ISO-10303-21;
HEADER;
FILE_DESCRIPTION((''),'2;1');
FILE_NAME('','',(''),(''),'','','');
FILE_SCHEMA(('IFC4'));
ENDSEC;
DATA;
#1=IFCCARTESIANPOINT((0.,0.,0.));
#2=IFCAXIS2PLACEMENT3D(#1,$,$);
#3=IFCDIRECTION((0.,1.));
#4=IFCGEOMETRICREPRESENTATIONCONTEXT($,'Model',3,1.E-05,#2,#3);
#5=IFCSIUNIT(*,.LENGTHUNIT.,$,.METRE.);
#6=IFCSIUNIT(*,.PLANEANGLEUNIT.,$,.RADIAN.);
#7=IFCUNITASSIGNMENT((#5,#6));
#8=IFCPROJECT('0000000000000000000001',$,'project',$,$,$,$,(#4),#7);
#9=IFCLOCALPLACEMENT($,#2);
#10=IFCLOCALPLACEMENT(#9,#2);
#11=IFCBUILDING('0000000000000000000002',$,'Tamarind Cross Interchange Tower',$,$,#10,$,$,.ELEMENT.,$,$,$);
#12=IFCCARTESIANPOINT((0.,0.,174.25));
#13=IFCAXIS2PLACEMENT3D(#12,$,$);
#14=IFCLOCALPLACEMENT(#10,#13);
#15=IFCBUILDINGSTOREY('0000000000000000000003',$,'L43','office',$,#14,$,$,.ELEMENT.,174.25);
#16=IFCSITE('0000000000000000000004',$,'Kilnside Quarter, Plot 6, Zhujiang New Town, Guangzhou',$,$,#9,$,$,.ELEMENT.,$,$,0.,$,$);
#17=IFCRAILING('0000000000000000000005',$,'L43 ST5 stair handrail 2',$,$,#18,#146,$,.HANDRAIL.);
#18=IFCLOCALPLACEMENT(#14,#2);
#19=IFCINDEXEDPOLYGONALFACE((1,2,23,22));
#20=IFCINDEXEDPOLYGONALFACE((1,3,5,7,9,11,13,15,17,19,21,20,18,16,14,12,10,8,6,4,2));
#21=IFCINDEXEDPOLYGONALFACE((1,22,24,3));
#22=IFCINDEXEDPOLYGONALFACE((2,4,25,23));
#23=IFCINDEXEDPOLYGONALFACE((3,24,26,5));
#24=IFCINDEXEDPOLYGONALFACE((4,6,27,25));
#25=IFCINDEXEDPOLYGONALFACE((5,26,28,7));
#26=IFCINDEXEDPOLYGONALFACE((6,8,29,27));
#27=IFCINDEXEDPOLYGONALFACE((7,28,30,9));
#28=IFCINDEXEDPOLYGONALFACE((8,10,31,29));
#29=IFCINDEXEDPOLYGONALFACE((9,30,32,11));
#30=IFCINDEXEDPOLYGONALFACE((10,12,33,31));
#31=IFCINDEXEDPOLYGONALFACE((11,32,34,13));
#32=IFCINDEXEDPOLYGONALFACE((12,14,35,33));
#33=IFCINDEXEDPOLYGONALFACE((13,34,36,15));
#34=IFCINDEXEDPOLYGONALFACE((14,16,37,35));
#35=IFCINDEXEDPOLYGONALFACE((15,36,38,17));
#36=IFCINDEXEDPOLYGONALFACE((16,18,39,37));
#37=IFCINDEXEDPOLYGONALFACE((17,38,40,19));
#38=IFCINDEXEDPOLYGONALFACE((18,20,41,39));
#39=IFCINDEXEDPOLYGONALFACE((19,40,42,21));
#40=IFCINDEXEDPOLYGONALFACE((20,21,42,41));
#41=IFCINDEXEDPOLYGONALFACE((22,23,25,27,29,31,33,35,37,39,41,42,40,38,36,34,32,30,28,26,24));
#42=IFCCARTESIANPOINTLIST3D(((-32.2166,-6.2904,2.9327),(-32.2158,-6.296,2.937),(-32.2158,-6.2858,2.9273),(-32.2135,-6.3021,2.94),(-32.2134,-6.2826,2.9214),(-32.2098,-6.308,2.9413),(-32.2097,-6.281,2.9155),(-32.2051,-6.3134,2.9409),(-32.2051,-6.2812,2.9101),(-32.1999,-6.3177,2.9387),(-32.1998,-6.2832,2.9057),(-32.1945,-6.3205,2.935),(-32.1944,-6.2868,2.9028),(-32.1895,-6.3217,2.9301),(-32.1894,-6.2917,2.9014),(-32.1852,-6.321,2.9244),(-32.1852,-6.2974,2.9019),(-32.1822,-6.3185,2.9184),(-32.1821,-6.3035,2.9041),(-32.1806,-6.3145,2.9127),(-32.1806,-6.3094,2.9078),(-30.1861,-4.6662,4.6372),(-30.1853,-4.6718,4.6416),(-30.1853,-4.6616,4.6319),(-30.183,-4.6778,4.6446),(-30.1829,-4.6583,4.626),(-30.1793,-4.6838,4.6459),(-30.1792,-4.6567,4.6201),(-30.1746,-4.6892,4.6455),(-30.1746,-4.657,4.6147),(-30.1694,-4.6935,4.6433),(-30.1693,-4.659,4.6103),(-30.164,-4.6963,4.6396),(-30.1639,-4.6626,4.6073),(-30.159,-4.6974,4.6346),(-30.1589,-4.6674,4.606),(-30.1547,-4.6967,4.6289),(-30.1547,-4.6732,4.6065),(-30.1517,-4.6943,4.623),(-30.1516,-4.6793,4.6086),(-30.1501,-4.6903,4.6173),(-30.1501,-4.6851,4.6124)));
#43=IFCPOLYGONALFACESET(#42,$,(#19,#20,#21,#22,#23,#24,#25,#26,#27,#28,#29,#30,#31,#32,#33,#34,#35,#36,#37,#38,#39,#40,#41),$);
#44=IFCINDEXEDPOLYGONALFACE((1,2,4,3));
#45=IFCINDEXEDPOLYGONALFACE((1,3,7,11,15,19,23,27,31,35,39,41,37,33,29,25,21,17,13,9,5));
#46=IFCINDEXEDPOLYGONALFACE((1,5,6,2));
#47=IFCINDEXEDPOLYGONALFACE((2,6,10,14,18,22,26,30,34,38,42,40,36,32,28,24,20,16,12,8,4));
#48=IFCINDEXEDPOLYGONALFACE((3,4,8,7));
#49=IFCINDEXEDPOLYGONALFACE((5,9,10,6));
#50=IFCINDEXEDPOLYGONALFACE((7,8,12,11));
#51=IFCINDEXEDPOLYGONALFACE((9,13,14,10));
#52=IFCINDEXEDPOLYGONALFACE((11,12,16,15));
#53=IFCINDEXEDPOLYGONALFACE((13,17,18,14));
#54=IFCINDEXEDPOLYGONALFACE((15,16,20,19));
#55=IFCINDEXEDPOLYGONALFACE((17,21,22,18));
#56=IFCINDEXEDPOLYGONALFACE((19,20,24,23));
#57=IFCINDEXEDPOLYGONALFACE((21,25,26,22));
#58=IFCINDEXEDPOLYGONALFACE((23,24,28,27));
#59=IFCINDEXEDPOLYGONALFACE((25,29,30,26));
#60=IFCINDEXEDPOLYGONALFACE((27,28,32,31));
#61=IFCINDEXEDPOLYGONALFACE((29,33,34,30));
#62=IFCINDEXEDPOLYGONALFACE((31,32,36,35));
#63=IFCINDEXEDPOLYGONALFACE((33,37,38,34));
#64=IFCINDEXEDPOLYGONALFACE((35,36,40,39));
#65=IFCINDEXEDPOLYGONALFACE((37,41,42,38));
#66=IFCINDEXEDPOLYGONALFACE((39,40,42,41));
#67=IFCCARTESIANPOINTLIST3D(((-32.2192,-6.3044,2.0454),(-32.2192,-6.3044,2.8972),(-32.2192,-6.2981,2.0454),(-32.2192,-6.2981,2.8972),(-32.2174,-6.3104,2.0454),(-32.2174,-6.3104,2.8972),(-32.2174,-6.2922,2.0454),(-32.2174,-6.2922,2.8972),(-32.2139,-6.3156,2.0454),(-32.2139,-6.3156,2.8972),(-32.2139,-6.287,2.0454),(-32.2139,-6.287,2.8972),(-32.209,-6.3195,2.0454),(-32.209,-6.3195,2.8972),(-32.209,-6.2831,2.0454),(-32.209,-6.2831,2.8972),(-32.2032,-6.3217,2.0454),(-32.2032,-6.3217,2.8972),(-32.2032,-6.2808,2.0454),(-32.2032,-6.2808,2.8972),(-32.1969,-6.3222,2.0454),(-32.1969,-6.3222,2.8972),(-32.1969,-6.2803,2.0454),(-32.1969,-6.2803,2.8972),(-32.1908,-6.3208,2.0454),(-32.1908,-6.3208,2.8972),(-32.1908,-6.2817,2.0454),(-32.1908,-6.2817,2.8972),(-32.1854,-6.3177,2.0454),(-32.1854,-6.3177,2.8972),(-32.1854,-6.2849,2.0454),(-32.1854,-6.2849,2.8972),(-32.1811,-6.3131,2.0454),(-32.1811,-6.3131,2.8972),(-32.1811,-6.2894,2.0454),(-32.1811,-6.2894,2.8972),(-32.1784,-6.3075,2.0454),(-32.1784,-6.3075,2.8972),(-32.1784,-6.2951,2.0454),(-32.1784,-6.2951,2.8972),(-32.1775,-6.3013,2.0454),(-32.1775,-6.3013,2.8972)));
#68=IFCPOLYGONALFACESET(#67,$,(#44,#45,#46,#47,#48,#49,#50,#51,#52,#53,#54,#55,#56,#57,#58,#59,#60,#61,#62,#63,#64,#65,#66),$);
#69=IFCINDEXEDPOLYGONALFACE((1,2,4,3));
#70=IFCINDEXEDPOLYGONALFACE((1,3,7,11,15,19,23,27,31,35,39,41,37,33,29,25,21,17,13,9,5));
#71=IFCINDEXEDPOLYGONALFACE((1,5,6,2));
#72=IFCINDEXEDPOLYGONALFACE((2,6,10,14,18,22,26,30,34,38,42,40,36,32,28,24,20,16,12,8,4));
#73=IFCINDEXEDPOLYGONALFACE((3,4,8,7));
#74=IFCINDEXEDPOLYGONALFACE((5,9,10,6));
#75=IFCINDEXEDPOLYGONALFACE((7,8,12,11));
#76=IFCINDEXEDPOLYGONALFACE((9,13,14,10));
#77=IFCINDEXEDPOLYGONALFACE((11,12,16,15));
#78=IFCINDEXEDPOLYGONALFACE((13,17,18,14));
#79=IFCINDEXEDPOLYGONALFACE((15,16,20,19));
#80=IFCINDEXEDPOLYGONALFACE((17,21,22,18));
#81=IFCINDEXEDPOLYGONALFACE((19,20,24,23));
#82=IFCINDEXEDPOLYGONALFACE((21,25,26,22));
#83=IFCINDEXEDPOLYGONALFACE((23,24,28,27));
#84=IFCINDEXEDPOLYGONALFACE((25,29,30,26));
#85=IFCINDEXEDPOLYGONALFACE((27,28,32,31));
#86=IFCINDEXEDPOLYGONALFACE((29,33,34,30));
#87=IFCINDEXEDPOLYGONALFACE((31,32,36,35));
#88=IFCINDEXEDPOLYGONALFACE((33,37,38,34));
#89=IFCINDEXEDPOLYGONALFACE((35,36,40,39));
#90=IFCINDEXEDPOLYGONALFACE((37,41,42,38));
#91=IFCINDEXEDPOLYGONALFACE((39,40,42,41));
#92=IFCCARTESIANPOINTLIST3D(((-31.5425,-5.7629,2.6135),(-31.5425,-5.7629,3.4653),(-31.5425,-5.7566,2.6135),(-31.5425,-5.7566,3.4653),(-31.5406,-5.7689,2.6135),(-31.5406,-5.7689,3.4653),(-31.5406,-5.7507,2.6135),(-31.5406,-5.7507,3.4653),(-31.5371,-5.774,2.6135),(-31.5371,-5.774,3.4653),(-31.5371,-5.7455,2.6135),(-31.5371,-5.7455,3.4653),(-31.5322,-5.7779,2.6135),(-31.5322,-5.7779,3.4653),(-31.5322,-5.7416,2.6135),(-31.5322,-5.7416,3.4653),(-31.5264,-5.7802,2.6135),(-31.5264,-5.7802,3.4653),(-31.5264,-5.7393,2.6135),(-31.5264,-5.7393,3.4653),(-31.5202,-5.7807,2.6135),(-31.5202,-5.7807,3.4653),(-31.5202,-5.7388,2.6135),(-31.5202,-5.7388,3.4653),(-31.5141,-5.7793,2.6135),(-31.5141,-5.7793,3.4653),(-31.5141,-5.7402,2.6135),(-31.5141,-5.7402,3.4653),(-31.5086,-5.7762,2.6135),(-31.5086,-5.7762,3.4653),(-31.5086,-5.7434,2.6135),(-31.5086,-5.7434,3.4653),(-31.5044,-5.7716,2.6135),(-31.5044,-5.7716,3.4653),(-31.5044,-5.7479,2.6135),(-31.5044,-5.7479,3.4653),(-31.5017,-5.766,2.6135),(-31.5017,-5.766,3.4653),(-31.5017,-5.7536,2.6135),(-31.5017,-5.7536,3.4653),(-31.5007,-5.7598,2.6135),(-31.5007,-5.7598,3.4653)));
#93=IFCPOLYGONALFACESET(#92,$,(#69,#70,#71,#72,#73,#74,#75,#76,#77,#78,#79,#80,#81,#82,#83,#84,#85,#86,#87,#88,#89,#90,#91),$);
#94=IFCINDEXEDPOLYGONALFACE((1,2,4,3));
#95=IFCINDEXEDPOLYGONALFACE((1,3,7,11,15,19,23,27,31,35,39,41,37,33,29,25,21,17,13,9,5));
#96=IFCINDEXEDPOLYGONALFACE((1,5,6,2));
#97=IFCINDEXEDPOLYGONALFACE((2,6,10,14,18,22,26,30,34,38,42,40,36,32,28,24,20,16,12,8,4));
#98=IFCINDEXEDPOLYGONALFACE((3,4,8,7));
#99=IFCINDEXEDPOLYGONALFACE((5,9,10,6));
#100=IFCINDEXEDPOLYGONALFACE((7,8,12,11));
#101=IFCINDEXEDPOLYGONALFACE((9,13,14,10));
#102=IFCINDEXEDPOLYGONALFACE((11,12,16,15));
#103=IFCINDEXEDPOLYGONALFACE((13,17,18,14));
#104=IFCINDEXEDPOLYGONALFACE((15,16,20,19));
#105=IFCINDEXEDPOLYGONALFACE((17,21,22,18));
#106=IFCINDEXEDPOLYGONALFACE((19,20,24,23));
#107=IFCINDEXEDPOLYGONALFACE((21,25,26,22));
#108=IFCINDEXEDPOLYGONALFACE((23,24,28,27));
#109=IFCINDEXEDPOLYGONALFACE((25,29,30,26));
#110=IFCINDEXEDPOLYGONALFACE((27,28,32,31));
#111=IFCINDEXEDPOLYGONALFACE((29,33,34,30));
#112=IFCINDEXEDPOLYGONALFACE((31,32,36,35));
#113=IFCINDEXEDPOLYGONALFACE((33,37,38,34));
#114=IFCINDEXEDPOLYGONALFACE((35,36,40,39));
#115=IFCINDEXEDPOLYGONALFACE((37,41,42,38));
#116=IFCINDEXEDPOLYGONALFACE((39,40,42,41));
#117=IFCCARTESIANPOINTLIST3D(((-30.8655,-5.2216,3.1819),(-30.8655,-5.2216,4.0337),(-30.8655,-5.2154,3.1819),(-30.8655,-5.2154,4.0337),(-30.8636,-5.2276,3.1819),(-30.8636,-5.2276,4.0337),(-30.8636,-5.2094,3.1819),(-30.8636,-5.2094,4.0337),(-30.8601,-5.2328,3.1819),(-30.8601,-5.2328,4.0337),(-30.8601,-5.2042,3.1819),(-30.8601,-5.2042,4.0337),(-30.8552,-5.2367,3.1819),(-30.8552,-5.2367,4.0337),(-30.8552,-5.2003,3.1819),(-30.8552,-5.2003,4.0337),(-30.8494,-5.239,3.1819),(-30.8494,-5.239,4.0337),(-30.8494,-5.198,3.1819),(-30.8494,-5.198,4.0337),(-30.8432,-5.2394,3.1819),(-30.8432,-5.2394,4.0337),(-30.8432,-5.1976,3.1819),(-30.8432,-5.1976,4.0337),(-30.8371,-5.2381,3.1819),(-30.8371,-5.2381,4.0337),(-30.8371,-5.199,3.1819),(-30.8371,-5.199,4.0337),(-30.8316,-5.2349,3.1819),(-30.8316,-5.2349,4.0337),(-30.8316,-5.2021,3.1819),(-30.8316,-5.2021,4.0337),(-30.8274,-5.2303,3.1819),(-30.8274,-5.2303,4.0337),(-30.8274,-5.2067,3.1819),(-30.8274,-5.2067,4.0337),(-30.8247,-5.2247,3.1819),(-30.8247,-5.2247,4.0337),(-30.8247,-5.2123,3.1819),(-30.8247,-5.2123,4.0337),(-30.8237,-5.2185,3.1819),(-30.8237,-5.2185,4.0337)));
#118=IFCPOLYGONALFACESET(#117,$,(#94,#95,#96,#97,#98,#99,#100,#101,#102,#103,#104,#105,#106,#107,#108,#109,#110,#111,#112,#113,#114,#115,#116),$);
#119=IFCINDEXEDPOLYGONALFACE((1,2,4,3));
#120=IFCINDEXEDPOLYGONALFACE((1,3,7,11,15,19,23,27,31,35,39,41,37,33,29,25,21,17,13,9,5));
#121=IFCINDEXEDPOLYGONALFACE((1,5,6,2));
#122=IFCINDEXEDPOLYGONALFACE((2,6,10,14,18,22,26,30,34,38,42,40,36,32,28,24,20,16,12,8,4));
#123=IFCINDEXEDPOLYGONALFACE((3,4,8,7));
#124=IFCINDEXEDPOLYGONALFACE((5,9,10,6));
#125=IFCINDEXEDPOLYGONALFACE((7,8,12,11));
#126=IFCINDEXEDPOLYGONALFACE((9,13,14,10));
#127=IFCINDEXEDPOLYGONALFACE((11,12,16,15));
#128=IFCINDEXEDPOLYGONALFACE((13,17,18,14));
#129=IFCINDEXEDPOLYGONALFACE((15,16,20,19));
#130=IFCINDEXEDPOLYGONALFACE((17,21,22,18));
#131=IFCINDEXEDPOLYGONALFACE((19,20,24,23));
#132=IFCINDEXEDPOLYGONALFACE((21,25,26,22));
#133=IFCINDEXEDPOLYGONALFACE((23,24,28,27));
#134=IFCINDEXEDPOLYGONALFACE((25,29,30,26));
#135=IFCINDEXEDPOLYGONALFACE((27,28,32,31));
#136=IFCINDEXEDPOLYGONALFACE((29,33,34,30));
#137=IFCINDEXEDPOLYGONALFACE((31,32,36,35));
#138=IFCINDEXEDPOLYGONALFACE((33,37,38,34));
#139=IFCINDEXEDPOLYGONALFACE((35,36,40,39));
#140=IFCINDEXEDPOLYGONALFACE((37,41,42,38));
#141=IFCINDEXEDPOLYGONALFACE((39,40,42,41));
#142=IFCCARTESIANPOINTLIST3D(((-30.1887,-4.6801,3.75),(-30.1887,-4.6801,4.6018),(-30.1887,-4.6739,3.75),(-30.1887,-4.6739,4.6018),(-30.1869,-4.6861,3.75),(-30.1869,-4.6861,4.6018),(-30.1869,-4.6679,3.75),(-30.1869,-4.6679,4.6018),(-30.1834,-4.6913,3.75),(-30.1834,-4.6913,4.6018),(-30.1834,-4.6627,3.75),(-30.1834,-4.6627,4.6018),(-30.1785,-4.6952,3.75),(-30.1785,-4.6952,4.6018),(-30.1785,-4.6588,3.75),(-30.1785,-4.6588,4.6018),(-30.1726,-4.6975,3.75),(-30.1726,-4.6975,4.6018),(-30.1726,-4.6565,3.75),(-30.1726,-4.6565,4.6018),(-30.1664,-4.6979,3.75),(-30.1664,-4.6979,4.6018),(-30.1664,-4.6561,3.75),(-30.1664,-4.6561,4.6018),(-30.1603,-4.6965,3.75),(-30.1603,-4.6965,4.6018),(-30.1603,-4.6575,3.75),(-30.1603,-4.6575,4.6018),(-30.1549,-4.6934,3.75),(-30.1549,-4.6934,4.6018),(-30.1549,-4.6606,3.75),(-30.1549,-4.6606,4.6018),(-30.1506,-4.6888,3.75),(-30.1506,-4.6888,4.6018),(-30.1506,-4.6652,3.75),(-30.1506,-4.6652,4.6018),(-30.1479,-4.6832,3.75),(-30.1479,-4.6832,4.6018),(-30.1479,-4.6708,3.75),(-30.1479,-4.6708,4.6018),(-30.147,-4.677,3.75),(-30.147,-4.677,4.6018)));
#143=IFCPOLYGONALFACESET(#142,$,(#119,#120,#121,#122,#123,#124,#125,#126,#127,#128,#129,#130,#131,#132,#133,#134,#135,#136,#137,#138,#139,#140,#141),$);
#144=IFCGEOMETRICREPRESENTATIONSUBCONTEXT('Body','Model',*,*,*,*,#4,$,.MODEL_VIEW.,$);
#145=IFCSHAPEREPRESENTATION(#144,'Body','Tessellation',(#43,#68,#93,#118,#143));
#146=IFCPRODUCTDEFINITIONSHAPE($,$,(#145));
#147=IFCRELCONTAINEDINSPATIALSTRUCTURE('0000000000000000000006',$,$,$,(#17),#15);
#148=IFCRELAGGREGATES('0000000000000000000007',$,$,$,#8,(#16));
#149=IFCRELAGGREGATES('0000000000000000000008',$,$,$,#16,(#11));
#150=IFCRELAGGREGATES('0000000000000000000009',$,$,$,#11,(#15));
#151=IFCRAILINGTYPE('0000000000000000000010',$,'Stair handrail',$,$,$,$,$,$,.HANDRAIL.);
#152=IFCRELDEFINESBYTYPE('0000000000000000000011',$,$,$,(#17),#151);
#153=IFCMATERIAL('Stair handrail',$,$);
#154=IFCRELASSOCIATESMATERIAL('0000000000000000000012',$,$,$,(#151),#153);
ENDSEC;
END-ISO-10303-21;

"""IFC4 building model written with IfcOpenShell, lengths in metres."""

from ifc_helpers import new_model, si_unit, direction, frame, origin, origin_2d, place, context, subcontext, project, spatial, circle, extrude, material, type_object, element, save


model = new_model("IFC4")

# Units and contexts
model_context = context("Model", 3, precision=1e-05, world=origin(), true_north=direction((0.0, 1.0)))
body_context = subcontext(model_context, "Body", "Model", "MODEL_VIEW")
ifc_project = project(units=[si_unit("LENGTHUNIT", "METRE"), si_unit("PLANEANGLEUNIT", "RADIAN")], contexts=[model_context])

# Site, building, storey
site_placement = place(None, origin())
site = spatial("IfcSite", under=ifc_project, at=site_placement, Name="Kilnside Quarter, Plot 6, Zhujiang New Town, Guangzhou", CompositionType="ELEMENT", RefElevation=0.0)
building_placement = place(site_placement, origin())
building = spatial("IfcBuilding", under=site, at=building_placement, Name="Tamarind Cross Interchange Tower", CompositionType="ELEMENT")
storey_placement = place(building_placement, frame((0.0, 0.0, 174.25)))
storey = spatial("IfcBuildingStorey", under=building, at=storey_placement, Name="L43", Description="office", CompositionType="ELEMENT", Elevation=174.25)

# Railing
ifc_material_1 = material(Name="Stair handrail")
railing_type_1 = type_object("IfcRailingType", Name="Stair handrail", PredefinedType="HANDRAIL", material=ifc_material_1)
railing_1_placement = place(storey_placement, frame((-32.1985, -6.3013, 2.0454)))
element("IfcRailing", 1, at=railing_1_placement, inside=storey, type_object=railing_type_1, Name="L43 ST5 stair handrail 2", PredefinedType="HANDRAIL", context=body_context, shape_type="SweptSolid", body=[
    extrude(circle(Radius=0.0239, at=origin_2d()), frame((0.0, 0.0, 0.876), z_axis=(0.653076, 0.522414, 0.548248), x_axis=(-0.624661, 0.780896, 0.0)), (0.0, 0.0, 1.0), 3.1091),
    extrude(circle(Radius=0.021, at=origin_2d()), origin(), (0.0, 0.0, 1.0), 0.8518),
    extrude(circle(Radius=0.021, at=origin_2d()), frame((0.6768, 0.5415, 0.5681)), (0.0, 0.0, 1.0), 0.8518),
    extrude(circle(Radius=0.021, at=origin_2d()), frame((1.3538, 1.0828, 1.1365)), (0.0, 0.0, 1.0), 0.8518),
    extrude(circle(Radius=0.021, at=origin_2d()), frame((2.0305, 1.6243, 1.7046)), (0.0, 0.0, 1.0), 0.8518),
])

save(model, "model.ifc")
